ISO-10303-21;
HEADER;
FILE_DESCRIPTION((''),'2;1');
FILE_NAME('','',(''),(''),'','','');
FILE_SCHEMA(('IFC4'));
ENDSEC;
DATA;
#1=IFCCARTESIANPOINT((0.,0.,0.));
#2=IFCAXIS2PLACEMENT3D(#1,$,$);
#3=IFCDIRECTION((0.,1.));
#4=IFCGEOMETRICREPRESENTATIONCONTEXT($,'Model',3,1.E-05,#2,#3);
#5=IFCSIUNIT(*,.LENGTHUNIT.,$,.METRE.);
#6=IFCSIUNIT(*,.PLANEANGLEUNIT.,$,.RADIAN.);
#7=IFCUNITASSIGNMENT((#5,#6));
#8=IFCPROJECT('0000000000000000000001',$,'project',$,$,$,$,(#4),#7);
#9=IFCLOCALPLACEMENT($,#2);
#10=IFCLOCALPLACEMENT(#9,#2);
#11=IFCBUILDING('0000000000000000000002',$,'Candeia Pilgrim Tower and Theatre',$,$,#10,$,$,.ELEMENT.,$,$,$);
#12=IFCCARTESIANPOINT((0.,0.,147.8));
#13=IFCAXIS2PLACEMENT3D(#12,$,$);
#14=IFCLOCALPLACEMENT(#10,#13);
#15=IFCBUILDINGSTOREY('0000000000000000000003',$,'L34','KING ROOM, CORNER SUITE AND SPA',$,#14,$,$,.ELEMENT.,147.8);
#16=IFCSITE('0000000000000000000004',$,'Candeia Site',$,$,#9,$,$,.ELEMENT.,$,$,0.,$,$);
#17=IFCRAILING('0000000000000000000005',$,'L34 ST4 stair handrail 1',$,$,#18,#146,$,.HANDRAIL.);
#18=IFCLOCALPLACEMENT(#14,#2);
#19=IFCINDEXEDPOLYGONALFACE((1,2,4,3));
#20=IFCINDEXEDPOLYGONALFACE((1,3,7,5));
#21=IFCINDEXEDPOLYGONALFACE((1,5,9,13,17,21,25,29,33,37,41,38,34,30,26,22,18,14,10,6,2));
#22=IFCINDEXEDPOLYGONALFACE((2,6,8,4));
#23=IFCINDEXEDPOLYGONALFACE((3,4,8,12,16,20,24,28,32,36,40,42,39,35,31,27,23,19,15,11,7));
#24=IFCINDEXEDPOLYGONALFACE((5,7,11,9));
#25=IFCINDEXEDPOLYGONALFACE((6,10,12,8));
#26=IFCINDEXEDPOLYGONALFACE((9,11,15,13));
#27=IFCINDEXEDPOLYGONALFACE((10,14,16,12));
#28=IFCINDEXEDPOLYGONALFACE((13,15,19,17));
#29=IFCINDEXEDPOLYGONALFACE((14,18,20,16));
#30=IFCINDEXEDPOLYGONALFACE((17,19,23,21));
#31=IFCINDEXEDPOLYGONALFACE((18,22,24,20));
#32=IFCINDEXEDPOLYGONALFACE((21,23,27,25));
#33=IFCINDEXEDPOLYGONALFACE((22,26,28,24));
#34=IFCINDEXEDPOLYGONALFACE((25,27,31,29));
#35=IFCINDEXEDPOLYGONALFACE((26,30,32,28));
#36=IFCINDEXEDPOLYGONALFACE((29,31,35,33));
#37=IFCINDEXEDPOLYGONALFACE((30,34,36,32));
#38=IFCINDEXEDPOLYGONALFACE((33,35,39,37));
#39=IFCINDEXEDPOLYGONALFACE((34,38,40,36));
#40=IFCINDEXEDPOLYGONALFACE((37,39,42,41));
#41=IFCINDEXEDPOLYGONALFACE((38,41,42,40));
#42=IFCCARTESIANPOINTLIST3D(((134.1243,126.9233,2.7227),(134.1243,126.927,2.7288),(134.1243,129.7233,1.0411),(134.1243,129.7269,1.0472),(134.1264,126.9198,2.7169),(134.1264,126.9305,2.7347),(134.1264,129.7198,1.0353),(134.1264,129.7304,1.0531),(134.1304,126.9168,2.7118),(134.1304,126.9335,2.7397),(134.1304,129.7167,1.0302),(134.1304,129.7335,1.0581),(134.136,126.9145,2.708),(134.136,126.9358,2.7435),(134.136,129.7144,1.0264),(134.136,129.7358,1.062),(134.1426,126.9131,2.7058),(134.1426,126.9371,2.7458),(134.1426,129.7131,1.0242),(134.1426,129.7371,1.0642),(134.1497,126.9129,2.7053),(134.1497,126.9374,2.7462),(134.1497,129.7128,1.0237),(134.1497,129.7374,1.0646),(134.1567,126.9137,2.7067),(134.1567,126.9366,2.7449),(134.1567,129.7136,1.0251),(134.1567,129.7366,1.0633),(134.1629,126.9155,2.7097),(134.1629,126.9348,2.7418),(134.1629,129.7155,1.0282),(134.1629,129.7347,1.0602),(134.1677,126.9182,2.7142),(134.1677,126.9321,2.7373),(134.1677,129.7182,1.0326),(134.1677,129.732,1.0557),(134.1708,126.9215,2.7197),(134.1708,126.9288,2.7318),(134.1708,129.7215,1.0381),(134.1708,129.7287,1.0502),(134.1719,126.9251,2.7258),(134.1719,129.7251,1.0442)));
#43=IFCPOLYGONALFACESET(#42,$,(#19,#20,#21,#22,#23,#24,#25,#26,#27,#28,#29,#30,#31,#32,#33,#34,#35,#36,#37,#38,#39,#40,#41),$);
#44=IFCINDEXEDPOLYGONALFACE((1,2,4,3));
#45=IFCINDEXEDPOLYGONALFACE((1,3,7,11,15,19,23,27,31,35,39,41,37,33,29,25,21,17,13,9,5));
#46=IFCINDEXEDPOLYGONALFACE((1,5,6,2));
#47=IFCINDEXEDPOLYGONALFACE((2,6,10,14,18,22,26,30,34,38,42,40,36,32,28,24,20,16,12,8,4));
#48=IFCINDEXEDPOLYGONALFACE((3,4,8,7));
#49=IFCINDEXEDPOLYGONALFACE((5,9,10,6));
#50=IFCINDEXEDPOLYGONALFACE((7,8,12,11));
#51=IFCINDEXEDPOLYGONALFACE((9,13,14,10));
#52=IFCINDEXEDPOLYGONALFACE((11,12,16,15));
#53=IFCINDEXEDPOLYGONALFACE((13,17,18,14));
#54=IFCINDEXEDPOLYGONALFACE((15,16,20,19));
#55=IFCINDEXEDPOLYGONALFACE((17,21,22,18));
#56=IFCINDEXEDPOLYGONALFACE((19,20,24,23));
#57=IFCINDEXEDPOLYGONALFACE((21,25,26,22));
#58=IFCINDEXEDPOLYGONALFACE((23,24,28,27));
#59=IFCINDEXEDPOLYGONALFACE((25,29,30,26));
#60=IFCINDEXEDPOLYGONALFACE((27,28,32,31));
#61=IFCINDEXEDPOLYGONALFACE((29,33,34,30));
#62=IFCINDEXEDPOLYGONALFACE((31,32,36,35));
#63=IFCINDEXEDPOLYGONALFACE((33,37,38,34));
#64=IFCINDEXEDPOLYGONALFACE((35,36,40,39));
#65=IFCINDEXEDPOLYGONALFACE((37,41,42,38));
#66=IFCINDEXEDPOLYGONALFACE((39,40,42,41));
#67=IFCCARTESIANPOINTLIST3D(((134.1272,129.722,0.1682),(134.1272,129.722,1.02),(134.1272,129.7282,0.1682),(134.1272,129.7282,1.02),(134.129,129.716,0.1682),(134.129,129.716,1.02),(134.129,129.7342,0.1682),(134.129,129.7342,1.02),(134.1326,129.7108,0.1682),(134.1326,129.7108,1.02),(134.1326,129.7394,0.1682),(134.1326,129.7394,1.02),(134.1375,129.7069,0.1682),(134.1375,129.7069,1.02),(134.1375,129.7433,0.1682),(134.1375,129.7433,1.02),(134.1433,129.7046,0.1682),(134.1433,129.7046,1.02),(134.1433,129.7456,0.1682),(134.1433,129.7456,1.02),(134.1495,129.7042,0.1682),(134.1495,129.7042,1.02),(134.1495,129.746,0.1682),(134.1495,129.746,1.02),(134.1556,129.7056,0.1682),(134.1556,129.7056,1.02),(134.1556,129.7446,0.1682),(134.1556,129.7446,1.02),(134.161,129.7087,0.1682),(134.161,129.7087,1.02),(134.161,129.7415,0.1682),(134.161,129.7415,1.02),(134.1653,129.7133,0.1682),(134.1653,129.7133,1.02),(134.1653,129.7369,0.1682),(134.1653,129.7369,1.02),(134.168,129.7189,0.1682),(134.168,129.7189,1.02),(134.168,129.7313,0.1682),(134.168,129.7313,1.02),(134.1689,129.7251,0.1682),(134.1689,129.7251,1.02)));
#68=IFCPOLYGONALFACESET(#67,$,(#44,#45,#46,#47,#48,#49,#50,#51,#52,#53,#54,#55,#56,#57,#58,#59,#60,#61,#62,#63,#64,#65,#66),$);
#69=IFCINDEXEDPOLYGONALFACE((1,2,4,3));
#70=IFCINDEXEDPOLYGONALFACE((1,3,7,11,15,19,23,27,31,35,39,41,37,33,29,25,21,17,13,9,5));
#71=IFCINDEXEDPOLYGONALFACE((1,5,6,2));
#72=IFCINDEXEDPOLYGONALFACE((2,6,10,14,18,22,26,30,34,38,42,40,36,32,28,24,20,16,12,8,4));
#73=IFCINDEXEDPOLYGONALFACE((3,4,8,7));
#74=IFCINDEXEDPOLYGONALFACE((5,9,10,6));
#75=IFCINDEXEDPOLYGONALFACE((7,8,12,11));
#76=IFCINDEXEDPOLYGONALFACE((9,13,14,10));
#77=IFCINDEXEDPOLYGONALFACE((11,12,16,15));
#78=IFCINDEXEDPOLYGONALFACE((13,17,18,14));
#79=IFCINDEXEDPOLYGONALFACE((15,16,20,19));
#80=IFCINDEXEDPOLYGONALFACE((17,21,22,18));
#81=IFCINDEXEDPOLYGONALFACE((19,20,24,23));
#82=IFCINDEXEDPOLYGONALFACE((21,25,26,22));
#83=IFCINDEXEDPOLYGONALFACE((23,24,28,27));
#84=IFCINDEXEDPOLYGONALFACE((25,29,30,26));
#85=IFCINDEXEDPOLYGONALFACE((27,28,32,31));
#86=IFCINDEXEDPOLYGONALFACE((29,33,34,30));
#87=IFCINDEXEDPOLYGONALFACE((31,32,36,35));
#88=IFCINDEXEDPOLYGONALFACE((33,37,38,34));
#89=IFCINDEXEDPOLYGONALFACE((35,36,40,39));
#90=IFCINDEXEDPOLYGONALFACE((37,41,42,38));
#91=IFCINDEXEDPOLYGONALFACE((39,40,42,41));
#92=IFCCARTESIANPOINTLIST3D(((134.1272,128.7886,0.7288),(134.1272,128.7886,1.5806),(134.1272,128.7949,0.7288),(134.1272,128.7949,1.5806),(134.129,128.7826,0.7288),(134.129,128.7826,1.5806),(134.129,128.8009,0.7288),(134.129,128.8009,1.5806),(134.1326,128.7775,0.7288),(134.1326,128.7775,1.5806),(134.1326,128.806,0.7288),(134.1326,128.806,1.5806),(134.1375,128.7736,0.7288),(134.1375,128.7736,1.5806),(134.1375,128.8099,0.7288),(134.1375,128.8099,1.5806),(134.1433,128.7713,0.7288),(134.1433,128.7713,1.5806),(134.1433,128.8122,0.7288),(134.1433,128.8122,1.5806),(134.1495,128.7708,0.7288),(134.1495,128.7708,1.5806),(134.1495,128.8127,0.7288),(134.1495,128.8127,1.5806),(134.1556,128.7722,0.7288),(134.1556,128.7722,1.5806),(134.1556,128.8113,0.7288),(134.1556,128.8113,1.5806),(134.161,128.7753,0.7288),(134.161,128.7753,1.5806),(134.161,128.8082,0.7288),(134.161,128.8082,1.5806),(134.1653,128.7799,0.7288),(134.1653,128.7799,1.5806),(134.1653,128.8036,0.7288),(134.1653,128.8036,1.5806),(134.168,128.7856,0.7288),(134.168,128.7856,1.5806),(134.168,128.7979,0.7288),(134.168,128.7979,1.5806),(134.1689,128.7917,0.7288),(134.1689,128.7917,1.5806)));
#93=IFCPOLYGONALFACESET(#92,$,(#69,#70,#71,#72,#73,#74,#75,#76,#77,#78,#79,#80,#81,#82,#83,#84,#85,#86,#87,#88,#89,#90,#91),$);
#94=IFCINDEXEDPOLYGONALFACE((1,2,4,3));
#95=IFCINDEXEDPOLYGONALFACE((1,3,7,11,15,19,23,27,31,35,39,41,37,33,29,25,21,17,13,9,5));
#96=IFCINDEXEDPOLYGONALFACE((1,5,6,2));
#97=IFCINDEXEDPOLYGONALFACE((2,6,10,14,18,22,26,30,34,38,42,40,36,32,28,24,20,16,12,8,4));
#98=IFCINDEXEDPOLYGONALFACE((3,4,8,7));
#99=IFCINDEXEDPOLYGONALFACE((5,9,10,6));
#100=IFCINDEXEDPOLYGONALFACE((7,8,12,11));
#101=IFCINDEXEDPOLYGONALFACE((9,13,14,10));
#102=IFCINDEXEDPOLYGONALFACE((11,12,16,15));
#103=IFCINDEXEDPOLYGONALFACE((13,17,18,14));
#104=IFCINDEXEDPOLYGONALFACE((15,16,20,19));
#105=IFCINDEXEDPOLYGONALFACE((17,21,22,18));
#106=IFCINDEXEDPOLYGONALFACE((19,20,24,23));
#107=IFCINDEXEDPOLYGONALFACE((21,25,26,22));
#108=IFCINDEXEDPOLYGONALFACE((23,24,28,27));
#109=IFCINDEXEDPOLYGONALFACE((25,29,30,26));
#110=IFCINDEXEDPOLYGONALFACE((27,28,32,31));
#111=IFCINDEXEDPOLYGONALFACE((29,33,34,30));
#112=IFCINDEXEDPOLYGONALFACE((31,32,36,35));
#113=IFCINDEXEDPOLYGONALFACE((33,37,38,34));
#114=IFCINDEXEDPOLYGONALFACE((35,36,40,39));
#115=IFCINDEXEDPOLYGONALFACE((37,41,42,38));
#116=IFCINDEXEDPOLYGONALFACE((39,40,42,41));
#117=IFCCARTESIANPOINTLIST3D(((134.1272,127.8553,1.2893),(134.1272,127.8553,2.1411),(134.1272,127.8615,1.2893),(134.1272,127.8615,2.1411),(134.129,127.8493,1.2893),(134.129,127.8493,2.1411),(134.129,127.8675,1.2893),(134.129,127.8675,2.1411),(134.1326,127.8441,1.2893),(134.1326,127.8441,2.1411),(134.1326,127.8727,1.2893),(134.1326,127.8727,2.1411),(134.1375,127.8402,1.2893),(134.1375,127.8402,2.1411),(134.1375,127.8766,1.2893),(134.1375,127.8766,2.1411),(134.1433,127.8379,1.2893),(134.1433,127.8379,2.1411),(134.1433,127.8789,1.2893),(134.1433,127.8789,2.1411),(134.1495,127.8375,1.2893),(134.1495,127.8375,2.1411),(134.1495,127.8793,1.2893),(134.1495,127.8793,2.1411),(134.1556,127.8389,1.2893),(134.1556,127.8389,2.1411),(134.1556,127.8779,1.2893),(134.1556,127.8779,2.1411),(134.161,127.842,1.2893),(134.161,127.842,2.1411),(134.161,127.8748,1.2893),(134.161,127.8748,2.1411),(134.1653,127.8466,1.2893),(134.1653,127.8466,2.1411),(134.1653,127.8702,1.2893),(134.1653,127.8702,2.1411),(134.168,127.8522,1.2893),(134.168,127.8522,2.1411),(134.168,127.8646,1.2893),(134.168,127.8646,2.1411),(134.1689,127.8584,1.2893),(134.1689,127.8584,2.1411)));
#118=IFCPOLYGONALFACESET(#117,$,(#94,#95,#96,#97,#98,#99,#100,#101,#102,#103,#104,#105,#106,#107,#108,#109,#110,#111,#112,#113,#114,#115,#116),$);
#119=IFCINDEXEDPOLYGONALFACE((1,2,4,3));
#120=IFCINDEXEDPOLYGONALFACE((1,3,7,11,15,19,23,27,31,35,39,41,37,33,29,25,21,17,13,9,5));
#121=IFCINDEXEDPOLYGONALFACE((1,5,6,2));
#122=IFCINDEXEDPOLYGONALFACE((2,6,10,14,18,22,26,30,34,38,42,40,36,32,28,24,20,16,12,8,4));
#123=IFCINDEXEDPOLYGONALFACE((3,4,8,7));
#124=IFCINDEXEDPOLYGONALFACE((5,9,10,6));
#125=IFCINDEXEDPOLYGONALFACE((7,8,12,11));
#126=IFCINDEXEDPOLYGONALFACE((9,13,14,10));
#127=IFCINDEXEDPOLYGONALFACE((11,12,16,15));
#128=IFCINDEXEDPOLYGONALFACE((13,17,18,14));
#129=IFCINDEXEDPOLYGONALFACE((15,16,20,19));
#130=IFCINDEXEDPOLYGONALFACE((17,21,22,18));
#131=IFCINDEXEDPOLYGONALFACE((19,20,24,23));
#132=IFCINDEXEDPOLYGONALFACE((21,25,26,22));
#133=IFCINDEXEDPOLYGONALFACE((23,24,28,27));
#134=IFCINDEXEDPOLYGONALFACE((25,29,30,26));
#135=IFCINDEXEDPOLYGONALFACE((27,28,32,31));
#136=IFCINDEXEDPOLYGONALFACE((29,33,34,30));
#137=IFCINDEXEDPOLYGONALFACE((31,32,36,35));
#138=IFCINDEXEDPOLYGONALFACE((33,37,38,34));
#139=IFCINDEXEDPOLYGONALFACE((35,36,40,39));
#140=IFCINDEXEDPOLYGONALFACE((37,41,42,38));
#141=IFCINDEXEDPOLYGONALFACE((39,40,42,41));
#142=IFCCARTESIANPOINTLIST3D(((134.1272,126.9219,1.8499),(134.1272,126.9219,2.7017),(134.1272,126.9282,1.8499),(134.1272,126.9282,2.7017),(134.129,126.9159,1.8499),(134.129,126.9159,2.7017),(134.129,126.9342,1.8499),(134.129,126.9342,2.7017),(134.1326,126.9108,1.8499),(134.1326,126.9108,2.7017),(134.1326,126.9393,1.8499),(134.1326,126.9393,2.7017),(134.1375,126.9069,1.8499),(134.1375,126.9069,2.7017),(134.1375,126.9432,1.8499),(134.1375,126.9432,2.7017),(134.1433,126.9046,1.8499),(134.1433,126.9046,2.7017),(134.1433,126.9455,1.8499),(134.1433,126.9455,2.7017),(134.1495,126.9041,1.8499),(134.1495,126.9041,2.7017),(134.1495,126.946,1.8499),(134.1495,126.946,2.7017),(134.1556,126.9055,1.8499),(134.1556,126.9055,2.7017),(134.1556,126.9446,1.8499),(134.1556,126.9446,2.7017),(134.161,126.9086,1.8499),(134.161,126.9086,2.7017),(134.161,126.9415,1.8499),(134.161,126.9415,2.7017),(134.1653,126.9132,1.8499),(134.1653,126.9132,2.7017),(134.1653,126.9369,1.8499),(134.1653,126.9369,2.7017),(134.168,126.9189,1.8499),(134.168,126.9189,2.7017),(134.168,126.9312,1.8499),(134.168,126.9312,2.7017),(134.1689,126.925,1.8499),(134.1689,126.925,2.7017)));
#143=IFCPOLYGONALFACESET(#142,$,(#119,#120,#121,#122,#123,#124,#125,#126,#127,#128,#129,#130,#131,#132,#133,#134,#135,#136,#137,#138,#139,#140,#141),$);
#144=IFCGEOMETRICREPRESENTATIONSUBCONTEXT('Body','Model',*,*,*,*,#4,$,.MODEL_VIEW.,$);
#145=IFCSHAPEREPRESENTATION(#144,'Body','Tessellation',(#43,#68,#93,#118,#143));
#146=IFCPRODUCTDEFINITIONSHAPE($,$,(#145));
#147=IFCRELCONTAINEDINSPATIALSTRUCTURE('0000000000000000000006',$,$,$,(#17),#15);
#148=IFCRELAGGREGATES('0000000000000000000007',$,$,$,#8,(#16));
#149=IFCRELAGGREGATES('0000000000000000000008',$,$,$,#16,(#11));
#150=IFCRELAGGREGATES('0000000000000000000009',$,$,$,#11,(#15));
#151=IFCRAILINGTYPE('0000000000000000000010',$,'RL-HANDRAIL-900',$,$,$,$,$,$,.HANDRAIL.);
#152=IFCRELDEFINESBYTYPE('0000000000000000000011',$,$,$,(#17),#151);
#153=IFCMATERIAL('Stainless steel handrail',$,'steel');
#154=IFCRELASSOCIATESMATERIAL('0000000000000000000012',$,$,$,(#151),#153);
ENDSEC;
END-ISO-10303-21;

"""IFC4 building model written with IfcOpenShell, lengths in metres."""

from ifc_helpers import new_model, si_unit, direction, frame, origin, origin_2d, place, context, subcontext, project, spatial, circle, extrude, material, type_object, element, save


model = new_model("IFC4")

# Units and contexts
model_context = context("Model", 3, precision=1e-05, world=origin(), true_north=direction((0.0, 1.0)))
body_context = subcontext(model_context, "Body", "Model", "MODEL_VIEW")
ifc_project = project(units=[si_unit("LENGTHUNIT", "METRE"), si_unit("PLANEANGLEUNIT", "RADIAN")], contexts=[model_context])

# Site, building, storey
site_placement = place(None, origin())
site = spatial("IfcSite", under=ifc_project, at=site_placement, Name="Candeia Site", CompositionType="ELEMENT", RefElevation=0.0)
building_placement = place(site_placement, origin())
building = spatial("IfcBuilding", under=site, at=building_placement, Name="Candeia Pilgrim Tower and Theatre", CompositionType="ELEMENT")
storey_placement = place(building_placement, frame((0.0, 0.0, 147.8)))
storey = spatial("IfcBuildingStorey", under=building, at=storey_placement, Name="L34", Description="KING ROOM, CORNER SUITE AND SPA", CompositionType="ELEMENT", Elevation=147.8)

# Railing
ifc_material_1 = material(Name="Stainless steel handrail", Category="steel")
railing_type_1 = type_object("IfcRailingType", Name="RL-HANDRAIL-900", PredefinedType="HANDRAIL", material=ifc_material_1)
railing_1_placement = place(storey_placement, frame((134.1479, 129.7251, 0.1682)))
element("IfcRailing", 1, at=railing_1_placement, inside=storey, type_object=railing_type_1, Name="L34 ST4 stair handrail 1", PredefinedType="HANDRAIL", context=body_context, shape_type="SweptSolid", body=[
    extrude(circle(Radius=0.0239, at=origin_2d()), frame((0.0, 0.0, 0.876), z_axis=(0.0, -0.857275, 0.514858), x_axis=(1.0, 0.0, 0.0)), (0.0, 0.0, 1.0), 3.2661),
    extrude(circle(Radius=0.021, at=origin_2d()), origin(), (0.0, 0.0, 1.0), 0.8518),
    extrude(circle(Radius=0.021, at=origin_2d()), frame((0.0, -0.9333, 0.5605)), (0.0, 0.0, 1.0), 0.8518),
    extrude(circle(Radius=0.021, at=origin_2d()), frame((0.0, -1.8667, 1.1211)), (0.0, 0.0, 1.0), 0.8518),
    extrude(circle(Radius=0.021, at=origin_2d()), frame((0.0, -2.8, 1.6816)), (0.0, 0.0, 1.0), 0.8518),
])

save(model, "model.ifc")
